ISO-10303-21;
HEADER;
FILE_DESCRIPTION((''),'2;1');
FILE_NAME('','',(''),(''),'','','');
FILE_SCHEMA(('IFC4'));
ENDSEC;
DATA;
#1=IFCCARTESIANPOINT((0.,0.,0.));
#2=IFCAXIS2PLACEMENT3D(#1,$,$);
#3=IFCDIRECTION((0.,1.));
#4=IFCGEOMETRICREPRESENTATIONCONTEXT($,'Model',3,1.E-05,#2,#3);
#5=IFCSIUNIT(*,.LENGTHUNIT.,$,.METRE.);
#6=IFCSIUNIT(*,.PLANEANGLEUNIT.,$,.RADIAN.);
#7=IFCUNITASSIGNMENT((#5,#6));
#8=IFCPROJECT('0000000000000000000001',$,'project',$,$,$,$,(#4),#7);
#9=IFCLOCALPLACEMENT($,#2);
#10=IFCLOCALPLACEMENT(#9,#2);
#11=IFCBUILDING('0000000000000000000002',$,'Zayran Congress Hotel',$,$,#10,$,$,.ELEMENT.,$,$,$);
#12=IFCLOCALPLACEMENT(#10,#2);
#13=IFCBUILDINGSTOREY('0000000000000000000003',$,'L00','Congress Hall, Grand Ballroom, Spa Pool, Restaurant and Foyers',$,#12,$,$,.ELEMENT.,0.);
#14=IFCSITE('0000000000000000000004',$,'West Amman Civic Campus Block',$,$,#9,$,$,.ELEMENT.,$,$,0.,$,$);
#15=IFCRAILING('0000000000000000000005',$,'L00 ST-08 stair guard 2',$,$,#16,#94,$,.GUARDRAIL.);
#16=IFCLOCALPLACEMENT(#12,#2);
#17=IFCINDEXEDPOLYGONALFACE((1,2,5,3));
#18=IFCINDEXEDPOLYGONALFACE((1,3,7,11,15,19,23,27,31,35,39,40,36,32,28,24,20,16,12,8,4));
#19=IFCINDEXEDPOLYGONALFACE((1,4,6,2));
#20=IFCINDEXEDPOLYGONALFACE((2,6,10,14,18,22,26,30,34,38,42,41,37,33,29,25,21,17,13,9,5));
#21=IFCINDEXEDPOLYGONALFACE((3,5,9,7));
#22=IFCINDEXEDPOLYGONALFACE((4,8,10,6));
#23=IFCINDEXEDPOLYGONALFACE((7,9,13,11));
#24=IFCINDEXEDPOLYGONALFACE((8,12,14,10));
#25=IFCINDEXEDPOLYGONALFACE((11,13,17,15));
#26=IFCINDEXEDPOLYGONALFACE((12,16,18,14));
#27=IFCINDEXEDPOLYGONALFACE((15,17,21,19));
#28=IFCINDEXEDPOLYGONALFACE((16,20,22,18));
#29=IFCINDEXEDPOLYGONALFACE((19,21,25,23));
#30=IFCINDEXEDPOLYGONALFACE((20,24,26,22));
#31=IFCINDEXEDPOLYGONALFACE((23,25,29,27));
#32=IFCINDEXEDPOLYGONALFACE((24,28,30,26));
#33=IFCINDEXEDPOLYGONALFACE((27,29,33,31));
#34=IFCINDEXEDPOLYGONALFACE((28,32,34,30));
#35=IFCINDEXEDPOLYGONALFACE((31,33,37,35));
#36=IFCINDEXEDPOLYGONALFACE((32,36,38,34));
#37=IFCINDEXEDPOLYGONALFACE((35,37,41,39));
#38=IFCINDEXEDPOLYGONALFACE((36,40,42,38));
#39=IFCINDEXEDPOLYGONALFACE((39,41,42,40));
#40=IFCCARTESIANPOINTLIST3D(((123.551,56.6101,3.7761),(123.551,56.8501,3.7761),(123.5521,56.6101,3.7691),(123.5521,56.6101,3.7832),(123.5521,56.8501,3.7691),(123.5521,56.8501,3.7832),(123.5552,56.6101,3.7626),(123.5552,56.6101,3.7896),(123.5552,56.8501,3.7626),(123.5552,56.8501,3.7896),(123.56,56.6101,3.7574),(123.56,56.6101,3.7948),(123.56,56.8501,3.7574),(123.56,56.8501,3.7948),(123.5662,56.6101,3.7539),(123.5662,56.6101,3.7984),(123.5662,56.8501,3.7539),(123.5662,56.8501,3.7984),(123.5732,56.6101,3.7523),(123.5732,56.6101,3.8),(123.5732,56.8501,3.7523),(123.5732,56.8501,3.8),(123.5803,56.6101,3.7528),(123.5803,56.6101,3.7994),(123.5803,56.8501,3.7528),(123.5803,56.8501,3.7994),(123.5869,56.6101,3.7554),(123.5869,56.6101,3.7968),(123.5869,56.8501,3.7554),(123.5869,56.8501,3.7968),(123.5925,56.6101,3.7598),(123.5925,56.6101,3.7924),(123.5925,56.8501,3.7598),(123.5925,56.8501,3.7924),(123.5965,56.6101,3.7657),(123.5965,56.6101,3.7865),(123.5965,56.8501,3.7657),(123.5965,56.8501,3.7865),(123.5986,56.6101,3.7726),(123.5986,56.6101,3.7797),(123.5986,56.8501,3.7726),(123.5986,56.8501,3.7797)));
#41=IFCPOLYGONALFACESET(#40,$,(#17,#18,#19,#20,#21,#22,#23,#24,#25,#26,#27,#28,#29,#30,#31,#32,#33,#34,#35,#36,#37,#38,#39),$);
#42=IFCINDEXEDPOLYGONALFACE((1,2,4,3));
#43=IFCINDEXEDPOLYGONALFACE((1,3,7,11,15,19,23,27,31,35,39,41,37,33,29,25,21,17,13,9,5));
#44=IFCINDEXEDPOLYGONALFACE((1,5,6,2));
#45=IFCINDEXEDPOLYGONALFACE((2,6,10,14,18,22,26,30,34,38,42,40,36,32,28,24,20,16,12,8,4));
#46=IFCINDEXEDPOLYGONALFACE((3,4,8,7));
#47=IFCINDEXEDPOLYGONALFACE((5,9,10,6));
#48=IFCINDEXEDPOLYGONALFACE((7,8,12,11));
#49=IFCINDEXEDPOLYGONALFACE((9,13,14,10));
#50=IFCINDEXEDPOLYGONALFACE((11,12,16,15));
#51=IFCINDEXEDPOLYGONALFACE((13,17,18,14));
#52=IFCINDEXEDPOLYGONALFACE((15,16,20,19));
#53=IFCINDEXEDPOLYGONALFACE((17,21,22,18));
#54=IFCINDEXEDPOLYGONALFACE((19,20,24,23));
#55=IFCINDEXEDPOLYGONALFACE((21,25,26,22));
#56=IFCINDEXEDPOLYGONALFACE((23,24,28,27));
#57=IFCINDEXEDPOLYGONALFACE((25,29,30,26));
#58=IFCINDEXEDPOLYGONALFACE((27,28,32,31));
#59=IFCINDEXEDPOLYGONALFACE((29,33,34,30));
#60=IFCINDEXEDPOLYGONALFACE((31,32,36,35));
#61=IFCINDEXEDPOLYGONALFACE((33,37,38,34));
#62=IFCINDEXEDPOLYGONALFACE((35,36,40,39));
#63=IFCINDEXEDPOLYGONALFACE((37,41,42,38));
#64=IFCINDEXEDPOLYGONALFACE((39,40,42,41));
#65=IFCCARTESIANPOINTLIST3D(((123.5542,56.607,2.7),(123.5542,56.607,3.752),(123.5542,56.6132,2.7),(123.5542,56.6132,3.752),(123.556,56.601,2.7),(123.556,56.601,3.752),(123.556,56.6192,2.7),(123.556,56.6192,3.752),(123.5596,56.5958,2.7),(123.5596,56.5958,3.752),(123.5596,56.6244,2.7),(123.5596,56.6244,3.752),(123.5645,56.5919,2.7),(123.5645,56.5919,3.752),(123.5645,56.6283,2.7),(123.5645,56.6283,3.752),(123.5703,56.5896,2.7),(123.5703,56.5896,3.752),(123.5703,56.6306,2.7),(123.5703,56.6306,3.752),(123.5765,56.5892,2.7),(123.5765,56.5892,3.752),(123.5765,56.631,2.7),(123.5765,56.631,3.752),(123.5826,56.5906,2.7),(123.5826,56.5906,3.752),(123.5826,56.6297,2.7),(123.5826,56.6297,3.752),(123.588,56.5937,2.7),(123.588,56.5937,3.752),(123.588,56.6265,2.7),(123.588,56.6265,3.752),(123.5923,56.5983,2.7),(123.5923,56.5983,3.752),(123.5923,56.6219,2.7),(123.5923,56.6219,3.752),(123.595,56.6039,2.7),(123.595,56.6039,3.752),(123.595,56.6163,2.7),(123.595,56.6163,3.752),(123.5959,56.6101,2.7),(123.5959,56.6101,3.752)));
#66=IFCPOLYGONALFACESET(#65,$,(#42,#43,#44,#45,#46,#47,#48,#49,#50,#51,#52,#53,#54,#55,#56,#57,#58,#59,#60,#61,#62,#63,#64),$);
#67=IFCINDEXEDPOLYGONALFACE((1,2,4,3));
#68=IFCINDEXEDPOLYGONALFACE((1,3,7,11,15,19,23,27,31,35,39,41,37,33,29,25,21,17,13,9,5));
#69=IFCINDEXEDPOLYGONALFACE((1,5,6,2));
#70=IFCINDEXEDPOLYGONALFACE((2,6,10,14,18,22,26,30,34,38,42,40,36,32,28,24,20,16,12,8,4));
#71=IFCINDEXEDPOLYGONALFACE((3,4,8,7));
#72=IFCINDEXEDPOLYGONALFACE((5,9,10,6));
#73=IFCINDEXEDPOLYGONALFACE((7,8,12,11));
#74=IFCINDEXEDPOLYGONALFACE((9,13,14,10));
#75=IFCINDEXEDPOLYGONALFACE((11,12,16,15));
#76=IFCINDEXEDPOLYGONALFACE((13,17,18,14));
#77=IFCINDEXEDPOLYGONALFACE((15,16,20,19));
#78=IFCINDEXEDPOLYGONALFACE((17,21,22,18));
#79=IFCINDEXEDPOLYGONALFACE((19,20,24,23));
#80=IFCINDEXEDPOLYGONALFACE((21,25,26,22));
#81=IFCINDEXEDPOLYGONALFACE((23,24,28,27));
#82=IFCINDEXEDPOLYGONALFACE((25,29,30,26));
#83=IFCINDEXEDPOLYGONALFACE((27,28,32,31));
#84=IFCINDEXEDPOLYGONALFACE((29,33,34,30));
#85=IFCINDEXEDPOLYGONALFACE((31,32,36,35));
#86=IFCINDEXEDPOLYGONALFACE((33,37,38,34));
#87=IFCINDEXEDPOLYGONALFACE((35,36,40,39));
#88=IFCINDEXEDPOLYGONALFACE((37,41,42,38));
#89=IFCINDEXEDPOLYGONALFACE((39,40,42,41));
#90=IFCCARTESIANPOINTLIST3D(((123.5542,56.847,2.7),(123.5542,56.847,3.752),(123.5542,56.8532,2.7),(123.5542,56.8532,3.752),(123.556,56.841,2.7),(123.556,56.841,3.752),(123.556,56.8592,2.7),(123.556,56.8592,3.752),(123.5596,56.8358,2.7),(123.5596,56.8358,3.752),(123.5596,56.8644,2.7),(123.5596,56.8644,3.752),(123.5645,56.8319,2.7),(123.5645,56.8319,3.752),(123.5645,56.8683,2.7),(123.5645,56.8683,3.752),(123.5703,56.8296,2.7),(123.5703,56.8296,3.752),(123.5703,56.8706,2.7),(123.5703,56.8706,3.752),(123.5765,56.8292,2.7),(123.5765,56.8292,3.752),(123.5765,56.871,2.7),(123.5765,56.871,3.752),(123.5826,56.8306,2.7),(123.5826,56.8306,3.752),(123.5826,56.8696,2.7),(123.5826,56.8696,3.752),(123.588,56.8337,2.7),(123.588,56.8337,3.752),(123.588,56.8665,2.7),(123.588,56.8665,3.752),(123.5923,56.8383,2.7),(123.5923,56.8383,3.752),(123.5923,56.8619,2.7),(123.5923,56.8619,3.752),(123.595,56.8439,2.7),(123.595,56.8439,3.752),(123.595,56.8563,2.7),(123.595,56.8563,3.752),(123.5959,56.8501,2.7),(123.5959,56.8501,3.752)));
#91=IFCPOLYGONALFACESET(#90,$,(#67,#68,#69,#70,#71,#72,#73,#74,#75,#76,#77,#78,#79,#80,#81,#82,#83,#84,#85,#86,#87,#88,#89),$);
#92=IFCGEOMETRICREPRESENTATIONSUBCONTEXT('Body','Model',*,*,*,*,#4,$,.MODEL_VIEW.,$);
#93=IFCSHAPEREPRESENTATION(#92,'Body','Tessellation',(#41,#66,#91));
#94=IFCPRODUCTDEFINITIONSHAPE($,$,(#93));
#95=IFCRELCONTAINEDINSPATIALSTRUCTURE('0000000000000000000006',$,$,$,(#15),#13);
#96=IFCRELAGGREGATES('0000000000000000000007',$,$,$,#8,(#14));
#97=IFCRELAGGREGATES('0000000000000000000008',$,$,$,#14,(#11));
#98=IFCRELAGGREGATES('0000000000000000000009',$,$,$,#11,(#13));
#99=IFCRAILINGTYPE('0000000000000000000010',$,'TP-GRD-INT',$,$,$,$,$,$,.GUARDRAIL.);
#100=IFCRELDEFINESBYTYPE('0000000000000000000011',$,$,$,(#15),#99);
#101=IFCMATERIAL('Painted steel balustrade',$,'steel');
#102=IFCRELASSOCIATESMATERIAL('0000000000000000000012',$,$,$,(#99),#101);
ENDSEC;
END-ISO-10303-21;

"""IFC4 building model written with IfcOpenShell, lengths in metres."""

from ifc_helpers import new_model, si_unit, direction, frame, origin, origin_2d, place, context, subcontext, project, spatial, circle, extrude, material, type_object, element, save


model = new_model("IFC4")

# Units and contexts
model_context = context("Model", 3, precision=1e-05, world=origin(), true_north=direction((0.0, 1.0)))
body_context = subcontext(model_context, "Body", "Model", "MODEL_VIEW")
ifc_project = project(units=[si_unit("LENGTHUNIT", "METRE"), si_unit("PLANEANGLEUNIT", "RADIAN")], contexts=[model_context])

# Site, building, storey
site_placement = place(None, origin())
site = spatial("IfcSite", under=ifc_project, at=site_placement, Name="West Amman Civic Campus Block", CompositionType="ELEMENT", RefElevation=0.0)
building_placement = place(site_placement, origin())
building = spatial("IfcBuilding", under=site, at=building_placement, Name="Zayran Congress Hotel", CompositionType="ELEMENT")
storey_placement = place(building_placement, origin())
storey = spatial("IfcBuildingStorey", under=building, at=storey_placement, Name="L00", Description="Congress Hall, Grand Ballroom, Spa Pool, Restaurant and Foyers", CompositionType="ELEMENT", Elevation=0.0)

# Railing
ifc_material_1 = material(Name="Painted steel balustrade", Category="steel")
railing_type_1 = type_object("IfcRailingType", Name="TP-GRD-INT", PredefinedType="GUARDRAIL", material=ifc_material_1)
railing_1_placement = place(storey_placement, frame((123.575, 56.6101, 2.7)))
element("IfcRailing", 1, at=railing_1_placement, inside=storey, type_object=railing_type_1, Name="L00 ST-08 stair guard 2", PredefinedType="GUARDRAIL", context=body_context, shape_type="SweptSolid", body=[
    extrude(circle(Radius=0.0239, at=origin_2d()), frame((0.0, 0.0, 1.0762), z_axis=(0.0, 1.0, 0.0), x_axis=(-1.0, 0.0, 0.0)), (0.0, 0.0, 1.0), 0.24),
    extrude(circle(Radius=0.021, at=origin_2d()), origin(), (0.0, 0.0, 1.0), 1.052),
    extrude(circle(Radius=0.021, at=origin_2d()), frame((0.0, 0.24, 0.0)), (0.0, 0.0, 1.0), 1.052),
])

save(model, "model.ifc")
